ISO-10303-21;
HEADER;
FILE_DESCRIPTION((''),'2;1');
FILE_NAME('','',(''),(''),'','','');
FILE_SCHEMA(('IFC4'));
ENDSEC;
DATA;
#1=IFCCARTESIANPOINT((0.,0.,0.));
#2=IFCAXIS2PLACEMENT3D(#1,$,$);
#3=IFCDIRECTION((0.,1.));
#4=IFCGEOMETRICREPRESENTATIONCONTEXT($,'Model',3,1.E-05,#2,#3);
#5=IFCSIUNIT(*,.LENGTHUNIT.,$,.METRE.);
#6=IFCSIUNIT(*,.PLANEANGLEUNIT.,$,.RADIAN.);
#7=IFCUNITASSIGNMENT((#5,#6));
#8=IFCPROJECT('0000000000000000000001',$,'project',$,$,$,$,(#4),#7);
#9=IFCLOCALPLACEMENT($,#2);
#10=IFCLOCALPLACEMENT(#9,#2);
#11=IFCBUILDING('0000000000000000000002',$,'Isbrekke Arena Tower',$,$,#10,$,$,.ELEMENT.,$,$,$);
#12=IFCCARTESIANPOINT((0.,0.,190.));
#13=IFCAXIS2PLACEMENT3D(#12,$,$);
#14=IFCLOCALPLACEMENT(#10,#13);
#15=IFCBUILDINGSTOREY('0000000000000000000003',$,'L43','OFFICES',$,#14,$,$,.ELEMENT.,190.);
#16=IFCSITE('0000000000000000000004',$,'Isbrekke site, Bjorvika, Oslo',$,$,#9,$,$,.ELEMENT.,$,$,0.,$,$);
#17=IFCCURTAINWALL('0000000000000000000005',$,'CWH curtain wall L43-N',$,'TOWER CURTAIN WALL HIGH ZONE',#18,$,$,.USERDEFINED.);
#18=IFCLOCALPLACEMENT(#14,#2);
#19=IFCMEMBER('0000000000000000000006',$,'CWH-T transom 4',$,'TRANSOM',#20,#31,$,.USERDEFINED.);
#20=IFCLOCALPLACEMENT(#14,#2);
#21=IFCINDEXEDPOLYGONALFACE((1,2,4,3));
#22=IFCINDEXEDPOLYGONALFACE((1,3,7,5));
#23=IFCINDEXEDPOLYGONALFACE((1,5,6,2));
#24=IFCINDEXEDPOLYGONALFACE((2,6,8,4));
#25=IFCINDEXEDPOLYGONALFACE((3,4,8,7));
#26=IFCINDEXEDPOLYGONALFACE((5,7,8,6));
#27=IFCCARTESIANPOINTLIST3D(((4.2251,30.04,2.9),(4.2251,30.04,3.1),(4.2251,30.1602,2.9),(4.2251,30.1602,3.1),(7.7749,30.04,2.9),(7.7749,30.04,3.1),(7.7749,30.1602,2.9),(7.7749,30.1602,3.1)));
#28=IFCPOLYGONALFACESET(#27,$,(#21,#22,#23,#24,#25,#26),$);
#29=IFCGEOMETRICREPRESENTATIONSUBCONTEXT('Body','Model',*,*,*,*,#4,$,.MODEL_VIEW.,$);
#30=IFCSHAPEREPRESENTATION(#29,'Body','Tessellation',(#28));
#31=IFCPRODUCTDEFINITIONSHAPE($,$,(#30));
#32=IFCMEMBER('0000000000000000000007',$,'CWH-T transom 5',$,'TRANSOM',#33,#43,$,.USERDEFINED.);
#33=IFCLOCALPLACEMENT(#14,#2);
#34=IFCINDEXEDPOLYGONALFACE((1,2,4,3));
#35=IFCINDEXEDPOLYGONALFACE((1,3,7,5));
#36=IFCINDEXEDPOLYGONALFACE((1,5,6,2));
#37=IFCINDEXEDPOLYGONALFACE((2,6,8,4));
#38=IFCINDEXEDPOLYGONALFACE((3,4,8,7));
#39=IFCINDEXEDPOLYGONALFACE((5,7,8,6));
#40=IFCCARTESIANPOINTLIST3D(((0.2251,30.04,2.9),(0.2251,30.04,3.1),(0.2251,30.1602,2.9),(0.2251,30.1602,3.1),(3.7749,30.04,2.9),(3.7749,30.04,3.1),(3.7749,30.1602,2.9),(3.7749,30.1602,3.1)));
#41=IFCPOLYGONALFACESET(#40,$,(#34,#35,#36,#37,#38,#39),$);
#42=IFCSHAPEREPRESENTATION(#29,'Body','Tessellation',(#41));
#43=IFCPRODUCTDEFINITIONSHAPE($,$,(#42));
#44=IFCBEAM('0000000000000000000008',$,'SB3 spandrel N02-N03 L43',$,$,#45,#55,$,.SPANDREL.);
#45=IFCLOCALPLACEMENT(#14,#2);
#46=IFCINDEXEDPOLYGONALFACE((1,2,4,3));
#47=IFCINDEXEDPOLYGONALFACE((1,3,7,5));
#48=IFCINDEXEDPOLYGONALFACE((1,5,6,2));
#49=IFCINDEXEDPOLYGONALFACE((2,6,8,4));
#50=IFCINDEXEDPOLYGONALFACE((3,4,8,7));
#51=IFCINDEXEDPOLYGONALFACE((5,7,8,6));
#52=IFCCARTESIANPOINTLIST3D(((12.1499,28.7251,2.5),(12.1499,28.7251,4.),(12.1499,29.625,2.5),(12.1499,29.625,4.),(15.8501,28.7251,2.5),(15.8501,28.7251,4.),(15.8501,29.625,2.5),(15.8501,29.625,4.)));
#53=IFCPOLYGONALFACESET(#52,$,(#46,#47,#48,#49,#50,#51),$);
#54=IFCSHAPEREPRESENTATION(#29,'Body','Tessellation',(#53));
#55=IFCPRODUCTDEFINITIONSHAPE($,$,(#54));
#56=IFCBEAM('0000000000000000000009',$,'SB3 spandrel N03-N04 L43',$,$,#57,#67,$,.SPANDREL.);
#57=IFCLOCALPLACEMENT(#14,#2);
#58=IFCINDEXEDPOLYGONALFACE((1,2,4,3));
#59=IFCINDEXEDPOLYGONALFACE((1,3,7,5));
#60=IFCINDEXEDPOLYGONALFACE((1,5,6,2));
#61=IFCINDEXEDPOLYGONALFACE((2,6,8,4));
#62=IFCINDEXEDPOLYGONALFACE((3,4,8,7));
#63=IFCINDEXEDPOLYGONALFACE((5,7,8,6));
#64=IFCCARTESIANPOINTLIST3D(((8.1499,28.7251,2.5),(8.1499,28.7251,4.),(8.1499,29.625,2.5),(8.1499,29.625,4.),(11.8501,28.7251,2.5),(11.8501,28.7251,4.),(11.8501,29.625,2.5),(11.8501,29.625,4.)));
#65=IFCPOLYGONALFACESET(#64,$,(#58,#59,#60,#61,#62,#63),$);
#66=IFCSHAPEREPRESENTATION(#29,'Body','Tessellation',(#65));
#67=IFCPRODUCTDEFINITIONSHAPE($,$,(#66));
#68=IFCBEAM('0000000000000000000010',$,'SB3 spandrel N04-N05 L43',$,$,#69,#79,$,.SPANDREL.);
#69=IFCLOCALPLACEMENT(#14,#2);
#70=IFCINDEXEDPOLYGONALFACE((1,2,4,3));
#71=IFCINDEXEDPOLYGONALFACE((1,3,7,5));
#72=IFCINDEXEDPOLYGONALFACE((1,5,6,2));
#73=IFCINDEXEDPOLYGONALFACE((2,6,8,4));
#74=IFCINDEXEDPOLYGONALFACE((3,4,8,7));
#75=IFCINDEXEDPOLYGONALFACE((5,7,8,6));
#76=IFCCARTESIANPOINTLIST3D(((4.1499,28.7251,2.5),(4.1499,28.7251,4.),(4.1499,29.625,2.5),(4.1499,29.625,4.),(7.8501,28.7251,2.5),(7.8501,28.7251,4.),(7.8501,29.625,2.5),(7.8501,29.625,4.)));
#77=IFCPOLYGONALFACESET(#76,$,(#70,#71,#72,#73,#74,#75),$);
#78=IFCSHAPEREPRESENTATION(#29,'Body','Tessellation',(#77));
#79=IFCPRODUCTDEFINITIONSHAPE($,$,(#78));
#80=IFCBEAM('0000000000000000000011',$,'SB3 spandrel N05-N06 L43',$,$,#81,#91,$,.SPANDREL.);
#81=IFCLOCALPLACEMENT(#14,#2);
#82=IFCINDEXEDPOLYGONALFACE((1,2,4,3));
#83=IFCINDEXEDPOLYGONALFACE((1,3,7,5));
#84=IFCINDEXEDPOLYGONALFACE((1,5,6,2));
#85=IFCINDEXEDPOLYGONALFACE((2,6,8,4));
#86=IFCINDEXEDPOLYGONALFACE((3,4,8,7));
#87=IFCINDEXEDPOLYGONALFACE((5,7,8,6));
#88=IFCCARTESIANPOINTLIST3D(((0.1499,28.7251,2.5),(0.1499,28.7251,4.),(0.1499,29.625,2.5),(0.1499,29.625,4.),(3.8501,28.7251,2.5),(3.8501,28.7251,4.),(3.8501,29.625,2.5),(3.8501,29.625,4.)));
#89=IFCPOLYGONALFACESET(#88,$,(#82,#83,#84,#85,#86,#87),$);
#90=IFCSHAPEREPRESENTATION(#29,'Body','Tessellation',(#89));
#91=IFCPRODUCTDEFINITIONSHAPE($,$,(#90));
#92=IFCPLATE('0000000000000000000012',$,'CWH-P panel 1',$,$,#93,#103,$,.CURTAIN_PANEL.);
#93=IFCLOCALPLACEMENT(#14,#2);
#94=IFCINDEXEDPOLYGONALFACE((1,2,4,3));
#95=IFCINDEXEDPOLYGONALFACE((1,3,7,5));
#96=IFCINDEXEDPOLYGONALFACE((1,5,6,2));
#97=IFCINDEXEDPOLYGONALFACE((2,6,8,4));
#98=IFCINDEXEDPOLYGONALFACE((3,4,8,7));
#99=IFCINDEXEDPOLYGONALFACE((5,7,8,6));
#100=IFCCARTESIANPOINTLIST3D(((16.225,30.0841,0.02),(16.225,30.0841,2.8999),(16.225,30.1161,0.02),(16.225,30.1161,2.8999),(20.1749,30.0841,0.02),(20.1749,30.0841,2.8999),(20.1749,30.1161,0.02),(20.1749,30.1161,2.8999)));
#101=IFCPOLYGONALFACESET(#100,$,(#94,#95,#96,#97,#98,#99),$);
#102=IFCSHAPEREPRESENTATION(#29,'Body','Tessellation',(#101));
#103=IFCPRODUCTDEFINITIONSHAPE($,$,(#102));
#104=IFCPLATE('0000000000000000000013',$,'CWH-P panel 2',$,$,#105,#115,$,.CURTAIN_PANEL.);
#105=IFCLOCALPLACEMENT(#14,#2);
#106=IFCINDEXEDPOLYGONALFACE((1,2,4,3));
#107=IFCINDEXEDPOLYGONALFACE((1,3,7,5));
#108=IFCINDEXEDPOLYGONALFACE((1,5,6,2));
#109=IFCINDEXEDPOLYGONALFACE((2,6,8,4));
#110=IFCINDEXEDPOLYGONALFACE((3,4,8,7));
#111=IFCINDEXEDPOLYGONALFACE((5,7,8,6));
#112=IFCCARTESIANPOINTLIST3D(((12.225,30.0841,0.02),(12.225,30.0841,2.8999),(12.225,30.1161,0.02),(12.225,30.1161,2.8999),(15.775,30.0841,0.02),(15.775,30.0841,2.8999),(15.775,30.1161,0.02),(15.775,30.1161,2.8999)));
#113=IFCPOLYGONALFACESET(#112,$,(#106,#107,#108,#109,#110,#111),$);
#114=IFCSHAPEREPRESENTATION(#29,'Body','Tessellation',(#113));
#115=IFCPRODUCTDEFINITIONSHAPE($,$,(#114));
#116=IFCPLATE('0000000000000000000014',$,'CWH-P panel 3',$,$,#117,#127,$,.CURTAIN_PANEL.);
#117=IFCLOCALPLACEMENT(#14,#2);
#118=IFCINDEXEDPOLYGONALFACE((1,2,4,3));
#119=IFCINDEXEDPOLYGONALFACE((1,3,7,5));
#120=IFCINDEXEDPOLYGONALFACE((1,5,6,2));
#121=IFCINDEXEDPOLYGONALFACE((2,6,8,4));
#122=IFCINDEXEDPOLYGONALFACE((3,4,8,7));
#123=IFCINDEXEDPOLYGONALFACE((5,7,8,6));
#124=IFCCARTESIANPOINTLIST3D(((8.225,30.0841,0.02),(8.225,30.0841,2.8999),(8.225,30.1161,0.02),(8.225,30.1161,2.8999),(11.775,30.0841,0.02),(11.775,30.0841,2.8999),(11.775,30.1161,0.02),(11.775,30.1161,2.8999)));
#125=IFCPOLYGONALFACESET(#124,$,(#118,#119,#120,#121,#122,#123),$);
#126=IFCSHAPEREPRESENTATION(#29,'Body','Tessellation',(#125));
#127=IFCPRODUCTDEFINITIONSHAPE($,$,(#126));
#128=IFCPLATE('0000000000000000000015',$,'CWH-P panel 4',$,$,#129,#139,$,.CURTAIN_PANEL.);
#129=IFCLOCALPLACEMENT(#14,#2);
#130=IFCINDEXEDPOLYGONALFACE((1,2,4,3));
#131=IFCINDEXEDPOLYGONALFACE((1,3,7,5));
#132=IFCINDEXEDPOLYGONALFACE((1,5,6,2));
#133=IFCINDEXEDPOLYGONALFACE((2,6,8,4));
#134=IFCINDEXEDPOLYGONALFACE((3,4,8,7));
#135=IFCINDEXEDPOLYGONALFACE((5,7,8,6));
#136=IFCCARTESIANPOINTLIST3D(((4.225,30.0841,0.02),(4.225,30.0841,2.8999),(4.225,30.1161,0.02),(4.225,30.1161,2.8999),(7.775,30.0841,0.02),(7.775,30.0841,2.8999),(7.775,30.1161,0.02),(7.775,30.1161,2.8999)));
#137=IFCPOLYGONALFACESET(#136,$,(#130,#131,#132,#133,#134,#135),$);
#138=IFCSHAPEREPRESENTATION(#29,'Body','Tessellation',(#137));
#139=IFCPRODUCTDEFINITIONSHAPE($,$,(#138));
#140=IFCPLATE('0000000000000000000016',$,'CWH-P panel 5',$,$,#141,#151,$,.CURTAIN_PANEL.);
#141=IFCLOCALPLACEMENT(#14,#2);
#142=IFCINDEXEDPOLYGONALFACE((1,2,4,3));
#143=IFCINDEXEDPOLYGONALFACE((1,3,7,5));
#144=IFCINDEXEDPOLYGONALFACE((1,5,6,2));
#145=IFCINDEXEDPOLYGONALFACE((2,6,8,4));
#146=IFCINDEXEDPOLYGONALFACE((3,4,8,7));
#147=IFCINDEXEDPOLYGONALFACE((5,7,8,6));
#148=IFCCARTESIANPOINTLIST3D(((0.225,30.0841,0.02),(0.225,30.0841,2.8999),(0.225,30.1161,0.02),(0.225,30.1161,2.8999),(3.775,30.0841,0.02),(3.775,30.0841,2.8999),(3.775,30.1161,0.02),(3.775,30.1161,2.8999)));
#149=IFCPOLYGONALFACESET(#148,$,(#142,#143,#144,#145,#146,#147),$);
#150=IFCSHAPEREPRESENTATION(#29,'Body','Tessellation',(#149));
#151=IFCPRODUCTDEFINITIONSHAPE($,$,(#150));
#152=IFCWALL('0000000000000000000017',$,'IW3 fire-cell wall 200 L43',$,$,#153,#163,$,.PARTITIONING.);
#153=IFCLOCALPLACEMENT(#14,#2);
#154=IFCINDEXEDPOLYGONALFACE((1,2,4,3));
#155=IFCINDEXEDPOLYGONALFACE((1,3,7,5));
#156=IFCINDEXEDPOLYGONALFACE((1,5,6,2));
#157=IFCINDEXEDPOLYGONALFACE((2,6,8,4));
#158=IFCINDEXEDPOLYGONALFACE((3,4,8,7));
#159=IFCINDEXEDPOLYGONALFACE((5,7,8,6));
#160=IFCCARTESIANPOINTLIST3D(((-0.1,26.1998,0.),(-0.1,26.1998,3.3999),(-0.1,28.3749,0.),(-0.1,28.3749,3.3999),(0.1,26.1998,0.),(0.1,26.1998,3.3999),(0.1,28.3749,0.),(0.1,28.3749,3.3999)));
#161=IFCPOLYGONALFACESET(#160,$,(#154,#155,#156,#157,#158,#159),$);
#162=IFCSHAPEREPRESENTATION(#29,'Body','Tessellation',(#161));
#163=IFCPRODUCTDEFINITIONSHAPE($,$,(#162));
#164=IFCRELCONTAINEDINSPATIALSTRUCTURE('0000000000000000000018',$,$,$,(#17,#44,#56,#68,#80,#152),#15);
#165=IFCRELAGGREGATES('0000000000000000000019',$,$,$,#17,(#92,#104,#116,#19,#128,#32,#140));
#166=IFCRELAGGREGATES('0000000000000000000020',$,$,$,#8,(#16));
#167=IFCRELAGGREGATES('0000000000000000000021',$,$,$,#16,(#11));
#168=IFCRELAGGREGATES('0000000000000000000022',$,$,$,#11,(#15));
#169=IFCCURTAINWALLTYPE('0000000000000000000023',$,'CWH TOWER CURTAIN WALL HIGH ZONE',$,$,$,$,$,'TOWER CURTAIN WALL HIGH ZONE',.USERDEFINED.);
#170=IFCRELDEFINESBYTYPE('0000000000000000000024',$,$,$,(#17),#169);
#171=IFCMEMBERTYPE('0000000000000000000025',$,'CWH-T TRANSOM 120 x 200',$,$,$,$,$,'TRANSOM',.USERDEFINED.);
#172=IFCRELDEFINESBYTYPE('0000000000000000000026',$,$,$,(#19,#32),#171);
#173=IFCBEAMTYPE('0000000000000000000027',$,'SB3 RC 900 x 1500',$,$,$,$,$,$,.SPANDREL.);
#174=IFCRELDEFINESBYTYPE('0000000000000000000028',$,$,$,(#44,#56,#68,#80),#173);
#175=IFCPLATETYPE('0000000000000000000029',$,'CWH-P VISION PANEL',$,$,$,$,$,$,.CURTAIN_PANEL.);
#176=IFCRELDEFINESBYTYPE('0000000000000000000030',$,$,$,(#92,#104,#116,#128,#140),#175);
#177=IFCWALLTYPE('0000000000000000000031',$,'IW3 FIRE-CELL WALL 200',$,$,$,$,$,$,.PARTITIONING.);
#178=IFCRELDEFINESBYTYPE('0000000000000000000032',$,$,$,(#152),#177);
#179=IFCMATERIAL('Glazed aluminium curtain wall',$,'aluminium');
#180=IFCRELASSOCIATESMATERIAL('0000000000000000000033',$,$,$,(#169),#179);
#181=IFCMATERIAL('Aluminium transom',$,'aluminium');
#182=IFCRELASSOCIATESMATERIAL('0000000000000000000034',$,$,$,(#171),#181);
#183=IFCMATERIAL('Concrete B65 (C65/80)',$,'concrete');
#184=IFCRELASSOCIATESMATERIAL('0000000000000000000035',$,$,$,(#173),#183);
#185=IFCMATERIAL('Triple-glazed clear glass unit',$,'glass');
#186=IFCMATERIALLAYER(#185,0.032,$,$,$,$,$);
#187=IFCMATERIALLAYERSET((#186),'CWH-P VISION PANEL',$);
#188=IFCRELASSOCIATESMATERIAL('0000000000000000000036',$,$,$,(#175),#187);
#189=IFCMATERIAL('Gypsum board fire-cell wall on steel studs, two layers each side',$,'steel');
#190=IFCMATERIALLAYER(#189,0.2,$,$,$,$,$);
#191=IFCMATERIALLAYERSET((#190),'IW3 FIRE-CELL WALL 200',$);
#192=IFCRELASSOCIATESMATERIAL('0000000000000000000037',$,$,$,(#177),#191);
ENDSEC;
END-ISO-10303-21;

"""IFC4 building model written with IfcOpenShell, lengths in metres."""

from ifc_helpers import new_model, si_unit, direction, frame, frame_2d, origin, origin_2d, place, context, subcontext, project, spatial, rectangle, extrude, material, layer, layer_set, material_profile, profile_set, type_object, element, aggregate, save


model = new_model("IFC4")

# Units and contexts
model_context = context("Model", 3, precision=1e-05, world=origin(), true_north=direction((0.0, 1.0)))
body_context = subcontext(model_context, "Body", "Model", "MODEL_VIEW")
ifc_project = project(units=[si_unit("LENGTHUNIT", "METRE"), si_unit("PLANEANGLEUNIT", "RADIAN")], contexts=[model_context])

# Site, building, storey
site_placement = place(None, origin())
site = spatial("IfcSite", under=ifc_project, at=site_placement, Name="Isbrekke site, Bjorvika, Oslo", CompositionType="ELEMENT", RefElevation=0.0)
building_placement = place(site_placement, origin())
building = spatial("IfcBuilding", under=site, at=building_placement, Name="Isbrekke Arena Tower", CompositionType="ELEMENT")
storey_placement = place(building_placement, frame((0.0, 0.0, 190.0)))
storey = spatial("IfcBuildingStorey", under=building, at=storey_placement, Name="L43", Description="OFFICES", CompositionType="ELEMENT", Elevation=190.0)

# Curtain wall, members
ifc_material_1 = material(Name="Glazed aluminium curtain wall", Category="aluminium")
curtain_wall_type = type_object("IfcCurtainWallType", Name="CWH TOWER CURTAIN WALL HIGH ZONE", ElementType="TOWER CURTAIN WALL HIGH ZONE", PredefinedType="USERDEFINED", material=ifc_material_1)
curtain_wall_placement = place(storey_placement, origin())
curtain_wall = element("IfcCurtainWall", 1, at=curtain_wall_placement, inside=storey, type_object=curtain_wall_type, Name="CWH curtain wall L43-N", ObjectType="TOWER CURTAIN WALL HIGH ZONE", PredefinedType="USERDEFINED")
ifc_material_2 = material(Name="Aluminium transom", Category="aluminium")
ifc_material_profile_1 = material_profile(ifc_material_2, rectangle(XDim=0.1201, YDim=0.2, at=origin_2d()), Name="TRANSOM 120X200")
ifc_profile_set_1 = profile_set([ifc_material_profile_1], Name="Aluminium transom")
member_type_1 = type_object("IfcMemberType", Name="CWH-T TRANSOM 120 x 200", ElementType="TRANSOM", PredefinedType="USERDEFINED", material=ifc_profile_set_1)
member_1_placement = place(storey_placement, frame((7.7749, 30.1001, 3.0), z_axis=(-1.0, 0.0, 0.0), x_axis=(0.0, -1.0, 0.0)))
member_1 = element("IfcMember", 2, at=member_1_placement, type_object=member_type_1, Name="CWH-T transom 4", ObjectType="TRANSOM", PredefinedType="USERDEFINED", context=body_context, shape_type="SweptSolid", body=[
    extrude(rectangle(XDim=0.1201, YDim=0.2, at=origin_2d()), origin(), (0.0, 0.0, 1.0), 3.5498),
])
member_2_placement = place(storey_placement, frame((3.7749, 30.1001, 3.0), z_axis=(-1.0, 0.0, 0.0), x_axis=(0.0, -1.0, 0.0)))
member_2 = element("IfcMember", 3, at=member_2_placement, type_object=member_type_1, Name="CWH-T transom 5", ObjectType="TRANSOM", PredefinedType="USERDEFINED", context=body_context, shape_type="SweptSolid", body=[
    extrude(rectangle(XDim=0.1201, YDim=0.2, at=origin_2d()), origin(), (0.0, 0.0, 1.0), 3.5498),
])

# Beams
ifc_material_3 = material(Name="Concrete B65 (C65/80)", Category="concrete")
ifc_material_profile_2 = material_profile(ifc_material_3, rectangle(XDim=0.8999, YDim=1.5, at=origin_2d()), Name="RC 900x1500")
ifc_profile_set_2 = profile_set([ifc_material_profile_2], Name="Concrete B65 (C65/80)")
beam_type_1 = type_object("IfcBeamType", Name="SB3 RC 900 x 1500", PredefinedType="SPANDREL", material=ifc_profile_set_2)
for number, where, z_axis, x_axis, name in (
    (4, (15.8501, 29.175, 3.25), (-1.0, 0.0, 0.0), (0.0, -1.0, 0.0), "SB3 spandrel N02-N03 L43"),
    (5, (11.8501, 29.175, 3.25), (-1.0, 0.0, 0.0), (0.0, -1.0, 0.0), "SB3 spandrel N03-N04 L43"),
    (6, (7.8501, 29.175, 3.25), (-1.0, 0.0, 0.0), (0.0, -1.0, 0.0), "SB3 spandrel N04-N05 L43"),
    (7, (3.8501, 29.175, 3.25), (-1.0, 0.0, 0.0), (0.0, -1.0, 0.0), "SB3 spandrel N05-N06 L43"),
):
    element("IfcBeam", number, at=place(storey_placement, frame(where, z_axis=z_axis, x_axis=x_axis)), inside=storey, type_object=beam_type_1, Name=name, PredefinedType="SPANDREL", context=body_context, shape_type="SweptSolid", body=[
        extrude(rectangle(XDim=0.8999, YDim=1.5, at=origin_2d()), origin(), (0.0, 0.0, 1.0), 3.7002),
    ])

# Plates
ifc_material_4 = material(Name="Triple-glazed clear glass unit", Category="glass")
ifc_layer_1 = layer(ifc_material_4, 0.032)
ifc_layer_set_1 = layer_set([ifc_layer_1], Name="CWH-P VISION PANEL")
plate_type = type_object("IfcPlateType", Name="CWH-P VISION PANEL", PredefinedType="CURTAIN_PANEL", material=ifc_layer_set_1)
plate_1_placement = place(storey_placement, frame((18.2, 30.1001, 0.02), z_axis=(0.0, 0.0, 1.0), x_axis=(-1.0, 0.0, 0.0)))
plate_1 = element("IfcPlate", 8, at=plate_1_placement, type_object=plate_type, Name="CWH-P panel 1", PredefinedType="CURTAIN_PANEL", context=body_context, shape_type="SweptSolid", body=[
    extrude(rectangle(XDim=3.95, YDim=0.032, at=origin_2d()), origin(), (0.0, 0.0, 1.0), 2.8799),
])
plate_2_placement = place(storey_placement, frame((14.0, 30.1001, 0.02), z_axis=(0.0, 0.0, 1.0), x_axis=(-1.0, 0.0, 0.0)))
plate_2 = element("IfcPlate", 9, at=plate_2_placement, type_object=plate_type, Name="CWH-P panel 2", PredefinedType="CURTAIN_PANEL", context=body_context, shape_type="SweptSolid", body=[
    extrude(rectangle(XDim=3.55, YDim=0.032, at=origin_2d()), origin(), (0.0, 0.0, 1.0), 2.8799),
])
plate_3_placement = place(storey_placement, frame((10.0, 30.1001, 0.02), z_axis=(0.0, 0.0, 1.0), x_axis=(-1.0, 0.0, 0.0)))
plate_3 = element("IfcPlate", 10, at=plate_3_placement, type_object=plate_type, Name="CWH-P panel 3", PredefinedType="CURTAIN_PANEL", context=body_context, shape_type="SweptSolid", body=[
    extrude(rectangle(XDim=3.55, YDim=0.032, at=origin_2d()), origin(), (0.0, 0.0, 1.0), 2.8799),
])
plate_4_placement = place(storey_placement, frame((6.0, 30.1001, 0.02), z_axis=(0.0, 0.0, 1.0), x_axis=(-1.0, 0.0, 0.0)))
plate_4 = element("IfcPlate", 11, at=plate_4_placement, type_object=plate_type, Name="CWH-P panel 4", PredefinedType="CURTAIN_PANEL", context=body_context, shape_type="SweptSolid", body=[
    extrude(rectangle(XDim=3.55, YDim=0.032, at=origin_2d()), origin(), (0.0, 0.0, 1.0), 2.8799),
])
plate_5_placement = place(storey_placement, frame((2.0, 30.1001, 0.02), z_axis=(0.0, 0.0, 1.0), x_axis=(-1.0, 0.0, 0.0)))
plate_5 = element("IfcPlate", 12, at=plate_5_placement, type_object=plate_type, Name="CWH-P panel 5", PredefinedType="CURTAIN_PANEL", context=body_context, shape_type="SweptSolid", body=[
    extrude(rectangle(XDim=3.55, YDim=0.032, at=origin_2d()), origin(), (0.0, 0.0, 1.0), 2.8799),
])
aggregate(curtain_wall, [plate_1, plate_2, plate_3, member_1, plate_4, member_2, plate_5])

# Wall
ifc_material_5 = material(Name="Gypsum board fire-cell wall on steel studs, two layers each side", Category="steel")
ifc_layer_2 = layer(ifc_material_5, 0.2)
ifc_layer_set_2 = layer_set([ifc_layer_2], Name="IW3 FIRE-CELL WALL 200")
wall_type = type_object("IfcWallType", Name="IW3 FIRE-CELL WALL 200", PredefinedType="PARTITIONING", material=ifc_layer_set_2)
wall_placement = place(storey_placement, frame((0.0, 26.2, 0.0), z_axis=(0.0, 0.0, 1.0), x_axis=(0.0, 1.0, 0.0)))
element("IfcWall", 13, at=wall_placement, inside=storey, type_object=wall_type, Name="IW3 fire-cell wall 200 L43", PredefinedType="PARTITIONING", context=body_context, shape_type="SweptSolid", body=[
    extrude(rectangle(XDim=2.175, YDim=0.2, at=frame_2d((1.0874, 0.0))), origin(), (0.0, 0.0, 1.0), 3.3999),
])

save(model, "model.ifc")
